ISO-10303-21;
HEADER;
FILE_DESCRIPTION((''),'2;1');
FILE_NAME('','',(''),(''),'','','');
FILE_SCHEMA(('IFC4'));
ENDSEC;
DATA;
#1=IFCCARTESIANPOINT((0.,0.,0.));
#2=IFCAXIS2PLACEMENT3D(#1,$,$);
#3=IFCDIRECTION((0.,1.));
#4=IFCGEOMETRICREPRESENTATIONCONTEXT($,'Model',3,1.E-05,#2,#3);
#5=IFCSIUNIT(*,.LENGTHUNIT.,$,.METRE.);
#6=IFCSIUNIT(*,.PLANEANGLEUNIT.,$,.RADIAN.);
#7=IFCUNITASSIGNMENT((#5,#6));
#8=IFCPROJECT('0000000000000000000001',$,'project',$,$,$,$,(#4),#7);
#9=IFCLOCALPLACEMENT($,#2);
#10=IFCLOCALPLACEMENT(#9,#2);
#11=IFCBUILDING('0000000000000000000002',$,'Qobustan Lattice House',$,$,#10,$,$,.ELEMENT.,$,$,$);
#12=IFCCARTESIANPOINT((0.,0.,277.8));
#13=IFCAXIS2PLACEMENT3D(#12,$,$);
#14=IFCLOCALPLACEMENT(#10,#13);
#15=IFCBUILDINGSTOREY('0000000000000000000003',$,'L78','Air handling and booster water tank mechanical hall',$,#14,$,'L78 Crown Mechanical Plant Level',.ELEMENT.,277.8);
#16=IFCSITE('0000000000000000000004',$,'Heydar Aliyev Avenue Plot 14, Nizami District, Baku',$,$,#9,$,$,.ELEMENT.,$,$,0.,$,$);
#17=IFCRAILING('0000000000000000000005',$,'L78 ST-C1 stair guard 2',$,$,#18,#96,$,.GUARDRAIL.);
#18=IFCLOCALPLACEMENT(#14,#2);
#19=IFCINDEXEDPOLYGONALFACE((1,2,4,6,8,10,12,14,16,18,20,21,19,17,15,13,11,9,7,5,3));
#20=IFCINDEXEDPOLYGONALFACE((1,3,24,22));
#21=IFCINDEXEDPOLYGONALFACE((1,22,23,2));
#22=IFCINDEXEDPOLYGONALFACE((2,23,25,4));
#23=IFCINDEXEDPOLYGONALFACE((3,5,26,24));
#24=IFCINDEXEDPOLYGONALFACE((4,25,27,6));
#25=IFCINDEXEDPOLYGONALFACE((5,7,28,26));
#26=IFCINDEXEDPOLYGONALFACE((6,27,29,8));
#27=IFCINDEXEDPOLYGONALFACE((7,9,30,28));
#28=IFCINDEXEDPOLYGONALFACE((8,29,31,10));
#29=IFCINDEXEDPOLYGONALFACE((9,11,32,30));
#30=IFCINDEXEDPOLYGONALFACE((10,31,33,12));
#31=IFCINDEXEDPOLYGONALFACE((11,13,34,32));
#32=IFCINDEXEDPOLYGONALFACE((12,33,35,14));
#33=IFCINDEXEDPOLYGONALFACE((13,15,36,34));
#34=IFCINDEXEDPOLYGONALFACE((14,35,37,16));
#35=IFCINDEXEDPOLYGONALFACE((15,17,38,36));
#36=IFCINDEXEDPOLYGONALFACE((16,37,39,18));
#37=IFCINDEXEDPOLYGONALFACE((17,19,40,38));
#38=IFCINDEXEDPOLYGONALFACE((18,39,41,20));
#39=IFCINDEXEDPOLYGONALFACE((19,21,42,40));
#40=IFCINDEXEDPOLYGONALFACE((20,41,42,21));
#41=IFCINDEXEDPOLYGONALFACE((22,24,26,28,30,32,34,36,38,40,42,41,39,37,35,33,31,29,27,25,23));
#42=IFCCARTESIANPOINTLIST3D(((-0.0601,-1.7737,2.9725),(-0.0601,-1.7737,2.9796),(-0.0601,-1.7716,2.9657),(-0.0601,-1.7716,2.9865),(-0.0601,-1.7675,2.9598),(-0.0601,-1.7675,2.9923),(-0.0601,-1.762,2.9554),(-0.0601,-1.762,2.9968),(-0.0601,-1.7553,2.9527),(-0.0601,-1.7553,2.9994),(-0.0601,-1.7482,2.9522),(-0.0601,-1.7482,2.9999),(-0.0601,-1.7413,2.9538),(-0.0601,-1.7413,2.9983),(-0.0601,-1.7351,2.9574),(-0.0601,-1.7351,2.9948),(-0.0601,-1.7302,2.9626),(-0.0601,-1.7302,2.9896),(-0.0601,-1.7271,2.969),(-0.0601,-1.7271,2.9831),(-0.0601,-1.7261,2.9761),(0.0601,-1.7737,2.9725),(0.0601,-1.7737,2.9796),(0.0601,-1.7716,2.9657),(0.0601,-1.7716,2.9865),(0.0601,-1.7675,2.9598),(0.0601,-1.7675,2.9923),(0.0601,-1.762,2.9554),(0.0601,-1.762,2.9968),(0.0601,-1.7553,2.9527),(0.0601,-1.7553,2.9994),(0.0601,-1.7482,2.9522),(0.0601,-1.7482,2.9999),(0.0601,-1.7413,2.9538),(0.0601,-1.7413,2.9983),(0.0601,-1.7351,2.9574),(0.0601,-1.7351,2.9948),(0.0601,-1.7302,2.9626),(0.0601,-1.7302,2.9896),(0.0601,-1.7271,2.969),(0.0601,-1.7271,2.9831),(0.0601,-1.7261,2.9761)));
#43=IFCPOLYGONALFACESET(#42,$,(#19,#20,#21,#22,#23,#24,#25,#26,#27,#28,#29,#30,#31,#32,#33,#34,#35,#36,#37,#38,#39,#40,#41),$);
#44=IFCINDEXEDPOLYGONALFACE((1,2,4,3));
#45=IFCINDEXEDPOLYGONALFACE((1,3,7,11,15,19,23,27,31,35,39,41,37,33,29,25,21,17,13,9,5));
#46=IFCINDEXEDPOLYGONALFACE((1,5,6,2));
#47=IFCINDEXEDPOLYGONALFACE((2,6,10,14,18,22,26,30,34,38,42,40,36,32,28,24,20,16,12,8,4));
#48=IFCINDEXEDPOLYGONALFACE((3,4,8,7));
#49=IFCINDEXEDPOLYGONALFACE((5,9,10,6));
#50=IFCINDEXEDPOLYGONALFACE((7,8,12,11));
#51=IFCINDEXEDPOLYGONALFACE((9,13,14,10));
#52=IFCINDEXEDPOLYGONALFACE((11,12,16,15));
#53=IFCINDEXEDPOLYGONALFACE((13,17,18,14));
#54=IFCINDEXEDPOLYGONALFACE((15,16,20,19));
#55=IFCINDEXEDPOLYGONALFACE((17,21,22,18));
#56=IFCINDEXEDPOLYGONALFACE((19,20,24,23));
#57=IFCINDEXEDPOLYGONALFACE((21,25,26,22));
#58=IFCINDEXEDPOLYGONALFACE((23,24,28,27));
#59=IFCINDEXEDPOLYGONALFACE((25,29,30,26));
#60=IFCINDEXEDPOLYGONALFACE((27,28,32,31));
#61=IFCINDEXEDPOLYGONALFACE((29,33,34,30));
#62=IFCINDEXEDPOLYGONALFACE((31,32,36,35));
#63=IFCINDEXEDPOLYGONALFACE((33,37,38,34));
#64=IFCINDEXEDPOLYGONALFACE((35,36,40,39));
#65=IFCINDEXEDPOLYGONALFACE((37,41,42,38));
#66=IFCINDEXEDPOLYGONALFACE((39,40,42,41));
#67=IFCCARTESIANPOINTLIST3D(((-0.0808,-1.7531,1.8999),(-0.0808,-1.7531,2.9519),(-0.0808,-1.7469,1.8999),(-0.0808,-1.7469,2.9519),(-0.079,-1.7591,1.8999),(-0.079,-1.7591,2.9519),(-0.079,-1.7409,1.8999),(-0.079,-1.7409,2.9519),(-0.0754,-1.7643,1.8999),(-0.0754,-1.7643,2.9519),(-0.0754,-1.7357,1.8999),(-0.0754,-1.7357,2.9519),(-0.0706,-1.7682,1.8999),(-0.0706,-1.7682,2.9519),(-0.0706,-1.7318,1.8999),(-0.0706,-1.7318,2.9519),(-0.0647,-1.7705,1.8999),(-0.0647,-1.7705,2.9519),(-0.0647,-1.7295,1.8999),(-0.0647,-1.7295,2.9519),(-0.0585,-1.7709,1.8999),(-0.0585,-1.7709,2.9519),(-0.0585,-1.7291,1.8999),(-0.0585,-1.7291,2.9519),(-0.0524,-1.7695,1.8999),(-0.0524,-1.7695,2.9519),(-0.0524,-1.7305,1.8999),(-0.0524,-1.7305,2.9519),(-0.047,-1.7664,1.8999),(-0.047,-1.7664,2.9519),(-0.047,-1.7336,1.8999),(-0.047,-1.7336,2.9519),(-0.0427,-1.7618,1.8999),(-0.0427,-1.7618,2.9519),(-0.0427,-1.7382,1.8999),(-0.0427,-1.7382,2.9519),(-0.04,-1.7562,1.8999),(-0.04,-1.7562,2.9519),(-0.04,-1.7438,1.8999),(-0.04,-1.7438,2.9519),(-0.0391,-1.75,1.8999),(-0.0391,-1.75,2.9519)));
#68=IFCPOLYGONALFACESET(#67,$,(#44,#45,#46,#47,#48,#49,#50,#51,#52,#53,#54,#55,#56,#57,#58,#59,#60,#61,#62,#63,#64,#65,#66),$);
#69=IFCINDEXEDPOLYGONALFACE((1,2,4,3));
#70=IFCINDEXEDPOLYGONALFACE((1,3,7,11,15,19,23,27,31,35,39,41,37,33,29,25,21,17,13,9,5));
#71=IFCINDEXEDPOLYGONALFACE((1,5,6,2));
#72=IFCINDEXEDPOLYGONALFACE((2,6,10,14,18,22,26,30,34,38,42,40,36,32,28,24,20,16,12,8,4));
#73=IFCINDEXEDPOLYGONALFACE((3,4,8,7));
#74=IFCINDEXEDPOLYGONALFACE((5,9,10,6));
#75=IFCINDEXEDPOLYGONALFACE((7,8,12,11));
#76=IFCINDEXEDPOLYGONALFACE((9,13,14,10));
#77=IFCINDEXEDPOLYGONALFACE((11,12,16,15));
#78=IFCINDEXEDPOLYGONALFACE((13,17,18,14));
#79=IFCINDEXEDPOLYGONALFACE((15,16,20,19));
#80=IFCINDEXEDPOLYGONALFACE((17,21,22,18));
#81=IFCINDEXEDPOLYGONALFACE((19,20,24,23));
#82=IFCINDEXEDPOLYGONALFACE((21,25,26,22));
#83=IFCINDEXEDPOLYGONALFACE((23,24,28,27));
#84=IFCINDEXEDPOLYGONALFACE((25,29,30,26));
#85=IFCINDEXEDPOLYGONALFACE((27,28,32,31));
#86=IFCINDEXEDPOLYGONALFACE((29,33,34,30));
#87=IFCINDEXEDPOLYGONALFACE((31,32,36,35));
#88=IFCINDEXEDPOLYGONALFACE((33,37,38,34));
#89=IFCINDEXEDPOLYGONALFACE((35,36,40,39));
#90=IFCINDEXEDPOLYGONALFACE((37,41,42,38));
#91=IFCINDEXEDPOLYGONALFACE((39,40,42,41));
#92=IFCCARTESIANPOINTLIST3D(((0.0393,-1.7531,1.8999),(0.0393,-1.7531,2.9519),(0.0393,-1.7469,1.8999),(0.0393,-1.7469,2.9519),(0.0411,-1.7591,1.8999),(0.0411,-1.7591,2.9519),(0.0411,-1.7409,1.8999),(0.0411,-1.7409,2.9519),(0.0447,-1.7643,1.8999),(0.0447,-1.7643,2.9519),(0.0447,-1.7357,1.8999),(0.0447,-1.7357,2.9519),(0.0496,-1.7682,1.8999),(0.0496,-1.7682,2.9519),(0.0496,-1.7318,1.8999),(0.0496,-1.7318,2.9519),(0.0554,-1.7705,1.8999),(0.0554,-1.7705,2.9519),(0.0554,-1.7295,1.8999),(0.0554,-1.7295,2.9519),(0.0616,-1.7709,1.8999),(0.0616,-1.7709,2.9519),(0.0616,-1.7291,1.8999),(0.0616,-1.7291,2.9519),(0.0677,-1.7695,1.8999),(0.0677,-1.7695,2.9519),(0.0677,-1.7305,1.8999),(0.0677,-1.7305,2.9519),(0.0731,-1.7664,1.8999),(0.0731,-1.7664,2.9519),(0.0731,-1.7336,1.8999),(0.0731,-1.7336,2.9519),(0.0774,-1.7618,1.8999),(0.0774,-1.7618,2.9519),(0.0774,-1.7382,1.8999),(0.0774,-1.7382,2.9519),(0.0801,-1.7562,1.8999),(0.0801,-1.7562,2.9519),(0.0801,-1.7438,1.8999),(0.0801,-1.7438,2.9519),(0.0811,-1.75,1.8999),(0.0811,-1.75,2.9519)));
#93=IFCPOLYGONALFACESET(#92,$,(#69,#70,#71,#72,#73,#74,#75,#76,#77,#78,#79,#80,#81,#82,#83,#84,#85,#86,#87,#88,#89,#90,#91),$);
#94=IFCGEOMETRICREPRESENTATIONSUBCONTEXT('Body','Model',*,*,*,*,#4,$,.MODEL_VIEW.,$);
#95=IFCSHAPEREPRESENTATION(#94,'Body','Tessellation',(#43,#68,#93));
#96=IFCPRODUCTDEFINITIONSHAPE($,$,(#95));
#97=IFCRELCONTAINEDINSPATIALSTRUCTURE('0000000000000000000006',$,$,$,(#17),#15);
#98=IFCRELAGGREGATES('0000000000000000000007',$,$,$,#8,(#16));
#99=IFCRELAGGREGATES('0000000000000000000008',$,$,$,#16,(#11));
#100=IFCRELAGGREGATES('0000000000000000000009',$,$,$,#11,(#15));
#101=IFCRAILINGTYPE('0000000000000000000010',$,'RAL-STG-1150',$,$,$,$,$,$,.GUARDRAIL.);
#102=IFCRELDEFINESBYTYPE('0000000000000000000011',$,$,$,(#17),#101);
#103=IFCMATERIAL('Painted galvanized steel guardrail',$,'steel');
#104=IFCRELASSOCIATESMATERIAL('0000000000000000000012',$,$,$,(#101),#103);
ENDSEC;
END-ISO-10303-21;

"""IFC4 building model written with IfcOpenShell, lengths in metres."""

from ifc_helpers import new_model, si_unit, direction, frame, origin, origin_2d, place, context, subcontext, project, spatial, circle, extrude, material, type_object, element, save


model = new_model("IFC4")

# Units and contexts
model_context = context("Model", 3, precision=1e-05, world=origin(), true_north=direction((0.0, 1.0)))
body_context = subcontext(model_context, "Body", "Model", "MODEL_VIEW")
ifc_project = project(units=[si_unit("LENGTHUNIT", "METRE"), si_unit("PLANEANGLEUNIT", "RADIAN")], contexts=[model_context])

# Site, building, storey
site_placement = place(None, origin())
site = spatial("IfcSite", under=ifc_project, at=site_placement, Name="Heydar Aliyev Avenue Plot 14, Nizami District, Baku", CompositionType="ELEMENT", RefElevation=0.0)
building_placement = place(site_placement, origin())
building = spatial("IfcBuilding", under=site, at=building_placement, Name="Qobustan Lattice House", CompositionType="ELEMENT")
storey_placement = place(building_placement, frame((0.0, 0.0, 277.8)))
storey = spatial("IfcBuildingStorey", under=building, at=storey_placement, Name="L78", Description="Air handling and booster water tank mechanical hall", LongName="L78 Crown Mechanical Plant Level", CompositionType="ELEMENT", Elevation=277.8)

# Railing
ifc_material_1 = material(Name="Painted galvanized steel guardrail", Category="steel")
railing_type = type_object("IfcRailingType", Name="RAL-STG-1150", PredefinedType="GUARDRAIL", material=ifc_material_1)
railing_1_placement = place(storey_placement, frame((-0.0601, -1.75, 1.8999)))
element("IfcRailing", 1, at=railing_1_placement, inside=storey, type_object=railing_type, Name="L78 ST-C1 stair guard 2", PredefinedType="GUARDRAIL", context=body_context, shape_type="SweptSolid", body=[
    extrude(circle(Radius=0.0239, at=origin_2d()), frame((0.0, 0.0, 1.0762), z_axis=(1.0, 0.0, 0.0), x_axis=(0.0, 1.0, 0.0)), (0.0, 0.0, 1.0), 0.1201),
    extrude(circle(Radius=0.021, at=origin_2d()), origin(), (0.0, 0.0, 1.0), 1.052),
    extrude(circle(Radius=0.021, at=origin_2d()), frame((0.1201, 0.0, 0.0)), (0.0, 0.0, 1.0), 1.052),
])

save(model, "model.ifc")
